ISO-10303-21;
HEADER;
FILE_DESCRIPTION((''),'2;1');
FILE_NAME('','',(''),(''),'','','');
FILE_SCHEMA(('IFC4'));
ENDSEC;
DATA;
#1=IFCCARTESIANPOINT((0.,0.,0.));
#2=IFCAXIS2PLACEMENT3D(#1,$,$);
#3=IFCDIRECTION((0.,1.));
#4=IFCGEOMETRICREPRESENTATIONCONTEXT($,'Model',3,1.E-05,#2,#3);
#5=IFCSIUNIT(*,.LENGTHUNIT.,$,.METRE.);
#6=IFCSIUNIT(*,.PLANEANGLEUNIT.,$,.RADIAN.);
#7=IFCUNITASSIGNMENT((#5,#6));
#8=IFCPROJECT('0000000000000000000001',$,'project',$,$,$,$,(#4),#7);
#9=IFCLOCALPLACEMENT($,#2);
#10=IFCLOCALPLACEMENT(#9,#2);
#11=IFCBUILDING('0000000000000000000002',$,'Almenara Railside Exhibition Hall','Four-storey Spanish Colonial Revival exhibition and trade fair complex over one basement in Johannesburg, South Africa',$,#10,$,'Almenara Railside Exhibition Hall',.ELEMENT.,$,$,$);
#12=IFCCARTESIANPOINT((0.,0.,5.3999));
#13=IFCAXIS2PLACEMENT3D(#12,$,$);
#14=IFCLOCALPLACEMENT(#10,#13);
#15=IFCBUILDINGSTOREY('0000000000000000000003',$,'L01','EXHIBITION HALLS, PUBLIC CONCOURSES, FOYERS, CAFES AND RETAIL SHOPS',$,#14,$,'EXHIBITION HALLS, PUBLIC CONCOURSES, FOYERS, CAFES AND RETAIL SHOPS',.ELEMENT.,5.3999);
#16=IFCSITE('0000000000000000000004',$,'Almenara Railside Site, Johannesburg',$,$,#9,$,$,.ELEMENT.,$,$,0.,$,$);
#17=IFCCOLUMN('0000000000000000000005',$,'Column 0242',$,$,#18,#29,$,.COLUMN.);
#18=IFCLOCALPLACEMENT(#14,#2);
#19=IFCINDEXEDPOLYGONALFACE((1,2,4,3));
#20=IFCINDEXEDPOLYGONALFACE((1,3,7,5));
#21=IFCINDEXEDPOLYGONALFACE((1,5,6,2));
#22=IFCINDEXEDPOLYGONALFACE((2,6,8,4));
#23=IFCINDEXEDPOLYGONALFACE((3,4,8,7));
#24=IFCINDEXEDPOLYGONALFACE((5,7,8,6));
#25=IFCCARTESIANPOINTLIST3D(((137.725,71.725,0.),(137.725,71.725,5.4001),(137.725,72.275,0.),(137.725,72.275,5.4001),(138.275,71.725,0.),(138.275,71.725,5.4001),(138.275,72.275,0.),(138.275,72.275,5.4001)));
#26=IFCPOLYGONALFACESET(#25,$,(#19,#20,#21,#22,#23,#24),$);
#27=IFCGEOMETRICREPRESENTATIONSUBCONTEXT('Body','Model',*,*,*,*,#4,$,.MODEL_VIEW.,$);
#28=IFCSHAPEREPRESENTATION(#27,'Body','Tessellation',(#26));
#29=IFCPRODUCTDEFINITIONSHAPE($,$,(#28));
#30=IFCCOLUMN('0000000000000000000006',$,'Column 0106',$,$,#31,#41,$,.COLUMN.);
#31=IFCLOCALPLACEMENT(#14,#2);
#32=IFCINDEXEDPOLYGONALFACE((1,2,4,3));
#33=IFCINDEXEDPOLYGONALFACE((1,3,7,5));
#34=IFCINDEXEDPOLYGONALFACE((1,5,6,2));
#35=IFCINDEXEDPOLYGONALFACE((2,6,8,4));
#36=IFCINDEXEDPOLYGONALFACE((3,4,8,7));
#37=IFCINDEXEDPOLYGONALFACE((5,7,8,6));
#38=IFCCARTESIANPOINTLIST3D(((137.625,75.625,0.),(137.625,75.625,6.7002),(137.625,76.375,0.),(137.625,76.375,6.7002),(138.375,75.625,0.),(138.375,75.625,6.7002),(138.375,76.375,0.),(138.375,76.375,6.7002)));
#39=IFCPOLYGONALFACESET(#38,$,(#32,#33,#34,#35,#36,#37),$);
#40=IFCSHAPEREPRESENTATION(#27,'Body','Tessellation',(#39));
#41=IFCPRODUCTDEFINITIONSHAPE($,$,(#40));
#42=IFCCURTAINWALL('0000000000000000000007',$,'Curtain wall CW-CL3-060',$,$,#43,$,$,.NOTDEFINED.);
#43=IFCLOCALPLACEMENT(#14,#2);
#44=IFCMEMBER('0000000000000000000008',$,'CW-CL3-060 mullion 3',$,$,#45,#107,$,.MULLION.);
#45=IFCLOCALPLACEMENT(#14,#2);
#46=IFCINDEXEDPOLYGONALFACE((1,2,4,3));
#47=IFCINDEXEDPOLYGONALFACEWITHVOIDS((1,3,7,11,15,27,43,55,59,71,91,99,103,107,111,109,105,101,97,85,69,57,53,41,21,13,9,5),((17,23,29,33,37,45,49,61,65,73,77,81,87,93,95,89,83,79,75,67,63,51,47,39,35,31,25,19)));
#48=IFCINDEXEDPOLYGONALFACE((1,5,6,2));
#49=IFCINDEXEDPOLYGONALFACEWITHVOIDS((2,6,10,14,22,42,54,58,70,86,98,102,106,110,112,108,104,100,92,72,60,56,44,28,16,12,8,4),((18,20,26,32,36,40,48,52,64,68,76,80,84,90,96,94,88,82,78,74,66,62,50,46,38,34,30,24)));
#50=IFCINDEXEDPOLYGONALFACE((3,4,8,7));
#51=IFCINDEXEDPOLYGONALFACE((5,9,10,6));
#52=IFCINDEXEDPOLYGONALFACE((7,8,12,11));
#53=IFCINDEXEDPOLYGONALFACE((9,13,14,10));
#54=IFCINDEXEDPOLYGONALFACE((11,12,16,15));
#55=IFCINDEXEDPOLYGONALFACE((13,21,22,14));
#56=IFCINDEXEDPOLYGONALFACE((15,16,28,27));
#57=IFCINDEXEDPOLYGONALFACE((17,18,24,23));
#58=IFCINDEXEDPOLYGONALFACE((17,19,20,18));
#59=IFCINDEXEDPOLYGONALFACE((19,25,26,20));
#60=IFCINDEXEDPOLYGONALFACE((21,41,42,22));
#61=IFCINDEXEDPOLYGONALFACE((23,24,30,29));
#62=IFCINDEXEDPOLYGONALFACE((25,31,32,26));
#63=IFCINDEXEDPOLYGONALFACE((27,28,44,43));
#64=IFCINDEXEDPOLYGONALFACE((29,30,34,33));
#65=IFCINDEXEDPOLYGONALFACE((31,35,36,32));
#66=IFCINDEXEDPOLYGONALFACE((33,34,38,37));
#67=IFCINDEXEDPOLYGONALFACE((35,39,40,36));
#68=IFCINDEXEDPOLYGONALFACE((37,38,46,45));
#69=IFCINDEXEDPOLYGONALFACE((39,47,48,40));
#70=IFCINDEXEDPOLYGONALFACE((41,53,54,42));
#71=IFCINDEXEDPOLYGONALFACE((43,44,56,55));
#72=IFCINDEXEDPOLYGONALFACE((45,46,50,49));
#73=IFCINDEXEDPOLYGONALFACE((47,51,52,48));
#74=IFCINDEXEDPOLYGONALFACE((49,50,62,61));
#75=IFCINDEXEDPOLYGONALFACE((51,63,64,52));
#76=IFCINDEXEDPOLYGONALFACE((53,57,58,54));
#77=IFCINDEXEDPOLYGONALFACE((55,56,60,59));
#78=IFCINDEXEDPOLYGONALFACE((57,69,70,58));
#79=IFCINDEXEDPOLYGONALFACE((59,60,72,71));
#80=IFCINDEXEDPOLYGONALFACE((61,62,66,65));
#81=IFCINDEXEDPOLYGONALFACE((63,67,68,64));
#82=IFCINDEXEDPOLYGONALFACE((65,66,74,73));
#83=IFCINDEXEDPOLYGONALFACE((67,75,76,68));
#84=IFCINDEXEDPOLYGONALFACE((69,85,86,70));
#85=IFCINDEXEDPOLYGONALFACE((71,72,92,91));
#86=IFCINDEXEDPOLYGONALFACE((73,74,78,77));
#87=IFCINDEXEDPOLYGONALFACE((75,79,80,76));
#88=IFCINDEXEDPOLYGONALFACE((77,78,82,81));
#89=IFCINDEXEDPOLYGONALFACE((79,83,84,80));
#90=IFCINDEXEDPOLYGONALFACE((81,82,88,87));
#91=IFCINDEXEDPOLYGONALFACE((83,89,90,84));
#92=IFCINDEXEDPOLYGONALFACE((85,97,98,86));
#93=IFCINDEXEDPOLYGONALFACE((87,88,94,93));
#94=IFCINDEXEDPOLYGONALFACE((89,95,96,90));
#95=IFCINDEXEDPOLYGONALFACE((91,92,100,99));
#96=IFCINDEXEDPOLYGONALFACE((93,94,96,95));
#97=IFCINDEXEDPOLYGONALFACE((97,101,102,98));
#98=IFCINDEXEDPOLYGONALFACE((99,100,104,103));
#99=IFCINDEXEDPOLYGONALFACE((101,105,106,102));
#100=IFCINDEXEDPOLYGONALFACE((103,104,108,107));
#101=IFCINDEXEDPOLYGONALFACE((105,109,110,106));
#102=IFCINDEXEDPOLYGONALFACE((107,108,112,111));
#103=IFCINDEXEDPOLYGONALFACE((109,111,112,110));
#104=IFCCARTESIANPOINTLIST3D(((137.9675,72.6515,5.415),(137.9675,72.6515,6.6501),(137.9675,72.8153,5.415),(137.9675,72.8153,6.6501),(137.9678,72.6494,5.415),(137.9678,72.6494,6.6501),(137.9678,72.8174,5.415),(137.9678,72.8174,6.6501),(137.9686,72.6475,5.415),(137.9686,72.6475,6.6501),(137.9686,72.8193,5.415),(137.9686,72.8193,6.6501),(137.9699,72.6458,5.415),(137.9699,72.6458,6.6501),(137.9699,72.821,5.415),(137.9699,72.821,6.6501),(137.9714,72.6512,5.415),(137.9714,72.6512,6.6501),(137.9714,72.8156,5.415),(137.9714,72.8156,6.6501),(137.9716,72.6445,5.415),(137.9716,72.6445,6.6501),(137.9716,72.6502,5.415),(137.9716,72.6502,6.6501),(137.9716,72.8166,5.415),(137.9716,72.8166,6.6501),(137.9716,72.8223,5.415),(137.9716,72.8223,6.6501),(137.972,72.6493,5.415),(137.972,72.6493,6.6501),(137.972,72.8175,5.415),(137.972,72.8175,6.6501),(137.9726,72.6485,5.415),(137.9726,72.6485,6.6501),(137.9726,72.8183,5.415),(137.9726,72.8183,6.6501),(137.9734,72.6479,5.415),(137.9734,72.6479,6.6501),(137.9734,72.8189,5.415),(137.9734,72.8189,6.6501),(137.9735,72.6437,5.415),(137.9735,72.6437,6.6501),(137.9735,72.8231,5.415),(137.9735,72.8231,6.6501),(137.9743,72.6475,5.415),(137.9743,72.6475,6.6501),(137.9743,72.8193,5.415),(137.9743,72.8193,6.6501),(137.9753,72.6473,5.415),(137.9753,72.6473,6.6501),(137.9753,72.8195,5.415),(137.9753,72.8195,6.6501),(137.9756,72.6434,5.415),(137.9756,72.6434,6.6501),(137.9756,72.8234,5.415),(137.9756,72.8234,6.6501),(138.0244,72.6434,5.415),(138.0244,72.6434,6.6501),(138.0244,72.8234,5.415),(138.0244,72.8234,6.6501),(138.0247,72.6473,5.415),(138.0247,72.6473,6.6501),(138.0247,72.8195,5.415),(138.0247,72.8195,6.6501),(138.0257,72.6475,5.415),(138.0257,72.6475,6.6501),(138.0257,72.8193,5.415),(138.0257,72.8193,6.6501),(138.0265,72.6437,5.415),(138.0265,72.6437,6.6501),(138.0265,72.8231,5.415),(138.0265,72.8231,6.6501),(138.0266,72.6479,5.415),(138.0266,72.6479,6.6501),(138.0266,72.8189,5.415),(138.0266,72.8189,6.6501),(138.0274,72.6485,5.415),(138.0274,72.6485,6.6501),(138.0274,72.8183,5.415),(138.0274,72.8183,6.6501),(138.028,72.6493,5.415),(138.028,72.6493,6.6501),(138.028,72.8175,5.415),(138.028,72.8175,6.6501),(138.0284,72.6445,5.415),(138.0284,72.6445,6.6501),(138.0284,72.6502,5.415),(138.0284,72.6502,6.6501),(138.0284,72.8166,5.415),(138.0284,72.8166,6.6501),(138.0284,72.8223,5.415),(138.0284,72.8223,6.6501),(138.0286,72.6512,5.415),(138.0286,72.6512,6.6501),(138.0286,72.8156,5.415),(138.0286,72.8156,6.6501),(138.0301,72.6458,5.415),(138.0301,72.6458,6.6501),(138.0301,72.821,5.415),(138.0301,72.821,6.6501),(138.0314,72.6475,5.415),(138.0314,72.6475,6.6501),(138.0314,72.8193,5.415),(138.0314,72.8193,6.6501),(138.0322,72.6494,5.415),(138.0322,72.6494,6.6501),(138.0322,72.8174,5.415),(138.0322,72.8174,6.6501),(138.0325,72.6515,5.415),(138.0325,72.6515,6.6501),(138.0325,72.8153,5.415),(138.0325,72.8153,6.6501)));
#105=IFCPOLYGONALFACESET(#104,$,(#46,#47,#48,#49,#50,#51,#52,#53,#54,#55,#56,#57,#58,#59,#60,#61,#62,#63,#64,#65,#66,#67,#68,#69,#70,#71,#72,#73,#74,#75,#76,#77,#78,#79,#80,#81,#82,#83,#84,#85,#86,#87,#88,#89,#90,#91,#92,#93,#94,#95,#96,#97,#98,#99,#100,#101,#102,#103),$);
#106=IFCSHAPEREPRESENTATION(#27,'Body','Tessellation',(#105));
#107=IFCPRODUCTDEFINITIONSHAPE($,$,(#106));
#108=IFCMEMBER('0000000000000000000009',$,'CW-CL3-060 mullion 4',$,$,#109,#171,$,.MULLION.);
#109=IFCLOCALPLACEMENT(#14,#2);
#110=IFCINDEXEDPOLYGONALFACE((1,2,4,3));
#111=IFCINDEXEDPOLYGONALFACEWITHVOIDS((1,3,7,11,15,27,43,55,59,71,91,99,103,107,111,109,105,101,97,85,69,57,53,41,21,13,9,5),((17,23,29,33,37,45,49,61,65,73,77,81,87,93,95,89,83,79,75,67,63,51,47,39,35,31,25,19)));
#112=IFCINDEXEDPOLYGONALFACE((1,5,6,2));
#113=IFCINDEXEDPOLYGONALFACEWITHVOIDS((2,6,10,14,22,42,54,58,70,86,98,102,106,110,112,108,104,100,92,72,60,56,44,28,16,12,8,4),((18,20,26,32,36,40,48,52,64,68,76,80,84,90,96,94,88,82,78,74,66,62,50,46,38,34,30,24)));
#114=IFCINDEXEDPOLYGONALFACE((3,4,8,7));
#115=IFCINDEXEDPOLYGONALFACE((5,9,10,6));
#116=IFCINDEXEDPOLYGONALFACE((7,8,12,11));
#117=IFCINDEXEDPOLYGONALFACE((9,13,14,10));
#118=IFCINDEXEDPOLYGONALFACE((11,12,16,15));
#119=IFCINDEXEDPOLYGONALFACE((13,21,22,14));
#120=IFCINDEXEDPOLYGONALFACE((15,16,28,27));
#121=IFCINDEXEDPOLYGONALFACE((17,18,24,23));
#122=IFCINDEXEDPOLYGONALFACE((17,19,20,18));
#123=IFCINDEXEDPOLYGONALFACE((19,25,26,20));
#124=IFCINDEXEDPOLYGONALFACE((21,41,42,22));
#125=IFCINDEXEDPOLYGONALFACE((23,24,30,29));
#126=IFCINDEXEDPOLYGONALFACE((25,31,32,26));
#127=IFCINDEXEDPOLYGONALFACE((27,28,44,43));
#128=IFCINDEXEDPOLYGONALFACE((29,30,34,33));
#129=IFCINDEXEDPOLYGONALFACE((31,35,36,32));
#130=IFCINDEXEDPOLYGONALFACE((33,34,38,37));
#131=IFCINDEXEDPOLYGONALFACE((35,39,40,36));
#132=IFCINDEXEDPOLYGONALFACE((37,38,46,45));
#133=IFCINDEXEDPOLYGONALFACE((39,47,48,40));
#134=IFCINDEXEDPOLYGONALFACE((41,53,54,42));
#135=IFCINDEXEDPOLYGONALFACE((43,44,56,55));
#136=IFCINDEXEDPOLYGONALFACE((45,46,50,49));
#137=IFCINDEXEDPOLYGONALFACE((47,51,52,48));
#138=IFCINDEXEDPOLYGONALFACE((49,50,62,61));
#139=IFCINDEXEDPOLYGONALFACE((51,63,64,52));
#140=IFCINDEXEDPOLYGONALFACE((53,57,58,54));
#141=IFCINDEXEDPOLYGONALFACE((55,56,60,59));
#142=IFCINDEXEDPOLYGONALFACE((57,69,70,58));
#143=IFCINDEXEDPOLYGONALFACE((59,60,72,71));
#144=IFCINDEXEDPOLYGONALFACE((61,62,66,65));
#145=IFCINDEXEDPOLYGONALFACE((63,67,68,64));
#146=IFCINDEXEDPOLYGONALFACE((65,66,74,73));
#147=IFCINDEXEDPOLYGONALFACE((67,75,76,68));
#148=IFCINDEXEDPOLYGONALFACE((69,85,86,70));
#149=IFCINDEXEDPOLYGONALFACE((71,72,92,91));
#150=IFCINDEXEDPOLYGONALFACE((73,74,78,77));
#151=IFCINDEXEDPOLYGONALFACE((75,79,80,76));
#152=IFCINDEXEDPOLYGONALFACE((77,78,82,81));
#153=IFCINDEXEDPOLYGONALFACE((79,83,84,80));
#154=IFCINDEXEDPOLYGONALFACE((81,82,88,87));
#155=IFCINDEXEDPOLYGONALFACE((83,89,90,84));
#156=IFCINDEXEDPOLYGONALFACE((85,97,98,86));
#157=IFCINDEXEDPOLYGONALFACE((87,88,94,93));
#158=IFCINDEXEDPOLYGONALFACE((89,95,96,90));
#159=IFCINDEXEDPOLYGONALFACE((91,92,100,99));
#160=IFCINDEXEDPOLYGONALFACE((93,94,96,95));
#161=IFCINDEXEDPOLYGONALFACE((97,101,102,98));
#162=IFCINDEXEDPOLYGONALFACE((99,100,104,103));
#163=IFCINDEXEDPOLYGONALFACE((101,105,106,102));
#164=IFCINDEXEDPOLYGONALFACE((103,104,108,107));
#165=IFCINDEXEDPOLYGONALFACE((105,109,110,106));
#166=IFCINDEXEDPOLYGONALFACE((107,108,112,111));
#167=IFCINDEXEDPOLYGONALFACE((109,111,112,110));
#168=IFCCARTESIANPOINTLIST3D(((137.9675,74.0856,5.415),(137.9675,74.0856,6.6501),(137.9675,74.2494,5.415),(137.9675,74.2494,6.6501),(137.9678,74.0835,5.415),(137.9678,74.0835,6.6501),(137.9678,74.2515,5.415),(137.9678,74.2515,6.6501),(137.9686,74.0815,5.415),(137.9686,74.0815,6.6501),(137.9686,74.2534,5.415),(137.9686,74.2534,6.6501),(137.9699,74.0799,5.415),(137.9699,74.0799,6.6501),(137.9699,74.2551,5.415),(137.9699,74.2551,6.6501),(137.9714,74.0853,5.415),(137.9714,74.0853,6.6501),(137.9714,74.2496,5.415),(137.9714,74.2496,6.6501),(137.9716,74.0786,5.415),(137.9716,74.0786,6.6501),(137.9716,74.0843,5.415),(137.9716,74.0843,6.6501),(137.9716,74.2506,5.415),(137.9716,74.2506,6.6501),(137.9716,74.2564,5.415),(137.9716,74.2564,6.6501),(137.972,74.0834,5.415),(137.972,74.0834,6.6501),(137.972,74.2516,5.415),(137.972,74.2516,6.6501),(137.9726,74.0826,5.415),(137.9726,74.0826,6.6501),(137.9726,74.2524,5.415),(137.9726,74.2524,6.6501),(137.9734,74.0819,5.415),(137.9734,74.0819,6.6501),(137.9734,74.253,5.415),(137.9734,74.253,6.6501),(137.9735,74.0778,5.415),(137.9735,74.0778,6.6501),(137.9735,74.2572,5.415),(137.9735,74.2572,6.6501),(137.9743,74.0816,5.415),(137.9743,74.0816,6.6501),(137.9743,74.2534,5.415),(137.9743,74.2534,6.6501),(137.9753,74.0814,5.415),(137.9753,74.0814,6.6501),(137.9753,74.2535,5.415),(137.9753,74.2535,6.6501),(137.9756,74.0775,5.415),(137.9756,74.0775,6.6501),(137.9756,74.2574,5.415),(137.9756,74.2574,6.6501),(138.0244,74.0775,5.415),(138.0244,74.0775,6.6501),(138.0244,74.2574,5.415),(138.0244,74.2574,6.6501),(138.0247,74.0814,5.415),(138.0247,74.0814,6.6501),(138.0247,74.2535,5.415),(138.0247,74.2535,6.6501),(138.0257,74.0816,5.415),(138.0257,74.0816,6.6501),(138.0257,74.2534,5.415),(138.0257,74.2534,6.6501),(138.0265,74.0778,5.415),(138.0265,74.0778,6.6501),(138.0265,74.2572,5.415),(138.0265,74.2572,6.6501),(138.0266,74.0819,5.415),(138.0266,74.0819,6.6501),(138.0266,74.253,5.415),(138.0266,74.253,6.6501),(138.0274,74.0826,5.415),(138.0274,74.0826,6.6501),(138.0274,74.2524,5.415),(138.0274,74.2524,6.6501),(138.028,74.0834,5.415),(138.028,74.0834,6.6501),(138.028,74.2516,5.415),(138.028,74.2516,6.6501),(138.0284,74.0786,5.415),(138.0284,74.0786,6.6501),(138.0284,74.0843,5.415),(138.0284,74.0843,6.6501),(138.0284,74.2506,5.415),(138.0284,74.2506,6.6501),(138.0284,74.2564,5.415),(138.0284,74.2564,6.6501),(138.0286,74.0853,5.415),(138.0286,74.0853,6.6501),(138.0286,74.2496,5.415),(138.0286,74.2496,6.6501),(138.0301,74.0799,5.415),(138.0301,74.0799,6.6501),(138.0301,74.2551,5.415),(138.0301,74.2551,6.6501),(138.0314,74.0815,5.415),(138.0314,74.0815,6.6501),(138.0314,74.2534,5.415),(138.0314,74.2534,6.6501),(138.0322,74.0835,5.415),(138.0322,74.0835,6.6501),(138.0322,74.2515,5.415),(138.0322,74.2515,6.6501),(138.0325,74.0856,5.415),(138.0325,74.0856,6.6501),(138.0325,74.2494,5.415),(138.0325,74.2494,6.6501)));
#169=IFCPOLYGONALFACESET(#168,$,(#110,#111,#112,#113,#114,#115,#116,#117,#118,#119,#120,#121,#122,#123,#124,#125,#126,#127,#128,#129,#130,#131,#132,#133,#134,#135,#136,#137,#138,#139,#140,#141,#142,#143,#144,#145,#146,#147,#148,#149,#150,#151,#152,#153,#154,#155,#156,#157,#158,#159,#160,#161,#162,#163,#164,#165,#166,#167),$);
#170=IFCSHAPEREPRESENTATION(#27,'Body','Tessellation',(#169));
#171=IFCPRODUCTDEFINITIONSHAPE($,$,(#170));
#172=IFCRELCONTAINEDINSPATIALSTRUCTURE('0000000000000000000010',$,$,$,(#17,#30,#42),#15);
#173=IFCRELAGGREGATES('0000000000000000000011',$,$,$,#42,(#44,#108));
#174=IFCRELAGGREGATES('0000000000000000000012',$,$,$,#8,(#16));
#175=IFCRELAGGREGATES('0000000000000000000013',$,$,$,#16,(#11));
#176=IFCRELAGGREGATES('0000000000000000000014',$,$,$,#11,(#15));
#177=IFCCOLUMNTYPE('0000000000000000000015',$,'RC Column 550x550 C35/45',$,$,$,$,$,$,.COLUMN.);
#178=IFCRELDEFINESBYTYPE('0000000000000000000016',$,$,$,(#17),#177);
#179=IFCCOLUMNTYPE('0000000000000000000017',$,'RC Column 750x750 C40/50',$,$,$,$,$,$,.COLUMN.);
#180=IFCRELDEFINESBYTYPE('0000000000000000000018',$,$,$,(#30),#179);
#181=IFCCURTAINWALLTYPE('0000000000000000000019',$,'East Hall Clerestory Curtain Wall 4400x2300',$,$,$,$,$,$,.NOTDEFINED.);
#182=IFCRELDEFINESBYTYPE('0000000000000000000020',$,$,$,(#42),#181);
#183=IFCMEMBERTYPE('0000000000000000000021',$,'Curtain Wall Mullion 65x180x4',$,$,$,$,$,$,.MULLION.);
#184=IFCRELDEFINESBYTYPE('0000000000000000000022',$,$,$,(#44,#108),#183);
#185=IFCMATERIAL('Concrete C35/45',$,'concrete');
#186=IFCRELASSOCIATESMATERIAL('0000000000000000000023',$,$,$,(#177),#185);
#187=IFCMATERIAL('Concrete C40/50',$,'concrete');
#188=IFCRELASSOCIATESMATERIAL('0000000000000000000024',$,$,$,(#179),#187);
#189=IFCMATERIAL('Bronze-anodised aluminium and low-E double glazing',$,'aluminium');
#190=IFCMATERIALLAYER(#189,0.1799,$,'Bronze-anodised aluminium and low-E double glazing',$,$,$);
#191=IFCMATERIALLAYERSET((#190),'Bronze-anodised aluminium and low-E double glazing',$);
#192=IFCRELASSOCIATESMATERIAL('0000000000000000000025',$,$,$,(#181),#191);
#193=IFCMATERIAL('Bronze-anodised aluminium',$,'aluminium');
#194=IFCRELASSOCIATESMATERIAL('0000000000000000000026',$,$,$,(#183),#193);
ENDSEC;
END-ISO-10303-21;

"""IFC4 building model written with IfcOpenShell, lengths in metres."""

from ifc_helpers import new_model, si_unit, direction, frame, origin, origin_2d, place, context, subcontext, project, spatial, rectangle, hollow_rectangle, extrude, material, layer, layer_set, material_profile, profile_set, type_object, element, aggregate, save


model = new_model("IFC4")

# Units and contexts
model_context = context("Model", 3, precision=1e-05, world=origin(), true_north=direction((0.0, 1.0)))
body_context = subcontext(model_context, "Body", "Model", "MODEL_VIEW")
ifc_project = project(units=[si_unit("LENGTHUNIT", "METRE"), si_unit("PLANEANGLEUNIT", "RADIAN")], contexts=[model_context])

# Site, building, storey
site_placement = place(None, origin())
site = spatial("IfcSite", under=ifc_project, at=site_placement, Name="Almenara Railside Site, Johannesburg", CompositionType="ELEMENT", RefElevation=0.0)
building_placement = place(site_placement, origin())
building = spatial("IfcBuilding", under=site, at=building_placement, Name="Almenara Railside Exhibition Hall", Description="Four-storey Spanish Colonial Revival exhibition and trade fair complex over one basement in Johannesburg, South Africa", LongName="Almenara Railside Exhibition Hall", CompositionType="ELEMENT")
storey_placement = place(building_placement, frame((0.0, 0.0, 5.3999)))
storey = spatial("IfcBuildingStorey", under=building, at=storey_placement, Name="L01", Description="EXHIBITION HALLS, PUBLIC CONCOURSES, FOYERS, CAFES AND RETAIL SHOPS", LongName="EXHIBITION HALLS, PUBLIC CONCOURSES, FOYERS, CAFES AND RETAIL SHOPS", CompositionType="ELEMENT", Elevation=5.3999)

# Columns
ifc_material_1 = material(Name="Concrete C35/45", Category="concrete")
ifc_material_profile_1 = material_profile(ifc_material_1, rectangle(XDim=0.55, YDim=0.55, at=origin_2d()), Name="RC 550x550")
ifc_profile_set_1 = profile_set([ifc_material_profile_1], Name="Concrete C35/45")
column_type_1 = type_object("IfcColumnType", Name="RC Column 550x550 C35/45", PredefinedType="COLUMN", material=ifc_profile_set_1)
column_1_placement = place(storey_placement, frame((138.0, 72.0, 0.0), z_axis=(0.0, 0.0, 1.0), x_axis=(1.0, 0.0, 0.0)))
element("IfcColumn", 1, at=column_1_placement, inside=storey, type_object=column_type_1, Name="Column 0242", PredefinedType="COLUMN", context=body_context, shape_type="SweptSolid", body=[
    extrude(rectangle(XDim=0.55, YDim=0.55, at=origin_2d()), origin(), (0.0, 0.0, 1.0), 5.4001),
])
ifc_material_2 = material(Name="Concrete C40/50", Category="concrete")
ifc_material_profile_2 = material_profile(ifc_material_2, rectangle(XDim=0.75, YDim=0.75, at=origin_2d()), Name="RC 750x750")
ifc_profile_set_2 = profile_set([ifc_material_profile_2], Name="Concrete C40/50")
column_type_2 = type_object("IfcColumnType", Name="RC Column 750x750 C40/50", PredefinedType="COLUMN", material=ifc_profile_set_2)
column_2_placement = place(storey_placement, frame((138.0, 76.0, 0.0), z_axis=(0.0, 0.0, 1.0), x_axis=(1.0, 0.0, 0.0)))
element("IfcColumn", 2, at=column_2_placement, inside=storey, type_object=column_type_2, Name="Column 0106", PredefinedType="COLUMN", context=body_context, shape_type="SweptSolid", body=[
    extrude(rectangle(XDim=0.75, YDim=0.75, at=origin_2d()), origin(), (0.0, 0.0, 1.0), 6.7002),
])

# Curtain wall, members
ifc_material_3 = material(Name="Bronze-anodised aluminium and low-E double glazing", Category="aluminium")
ifc_layer_1 = layer(ifc_material_3, 0.1799, Name="Bronze-anodised aluminium and low-E double glazing")
ifc_layer_set_1 = layer_set([ifc_layer_1], Name="Bronze-anodised aluminium and low-E double glazing")
curtain_wall_type_1 = type_object("IfcCurtainWallType", Name="East Hall Clerestory Curtain Wall 4400x2300", PredefinedType="NOTDEFINED", material=ifc_layer_set_1)
curtain_wall_1_placement = place(storey_placement, origin())
curtain_wall_1 = element("IfcCurtainWall", 3, at=curtain_wall_1_placement, inside=storey, type_object=curtain_wall_type_1, Name="Curtain wall CW-CL3-060", PredefinedType="NOTDEFINED")
ifc_material_4 = material(Name="Bronze-anodised aluminium", Category="aluminium")
ifc_material_profile_3 = material_profile(ifc_material_4, hollow_rectangle(XDim=0.0649, YDim=0.1799, WallThickness=0.0039, InnerFilletRadius=0.0039, OuterFilletRadius=0.0081, at=origin_2d()), Name="ALU-MUL 65x180x4")
ifc_profile_set_3 = profile_set([ifc_material_profile_3], Name="Bronze-anodised aluminium")
member_type_1 = type_object("IfcMemberType", Name="Curtain Wall Mullion 65x180x4", PredefinedType="MULLION", material=ifc_profile_set_3)
member_1_placement = place(storey_placement, frame((138.0, 72.7334, 5.415), z_axis=(0.0, 0.0, 1.0), x_axis=(-1.0, 0.0, 0.0)))
member_1 = element("IfcMember", 4, at=member_1_placement, type_object=member_type_1, Name="CW-CL3-060 mullion 3", PredefinedType="MULLION", context=body_context, shape_type="SweptSolid", body=[
    extrude(hollow_rectangle(XDim=0.0649, YDim=0.1799, WallThickness=0.0039, InnerFilletRadius=0.0039, OuterFilletRadius=0.0081, at=origin_2d()), origin(), (0.0, 0.0, 1.0), 1.2351),
])
member_2_placement = place(storey_placement, frame((138.0, 74.1675, 5.415), z_axis=(0.0, 0.0, 1.0), x_axis=(-1.0, 0.0, 0.0)))
member_2 = element("IfcMember", 5, at=member_2_placement, type_object=member_type_1, Name="CW-CL3-060 mullion 4", PredefinedType="MULLION", context=body_context, shape_type="SweptSolid", body=[
    extrude(hollow_rectangle(XDim=0.0649, YDim=0.1799, WallThickness=0.0039, InnerFilletRadius=0.0039, OuterFilletRadius=0.0081, at=origin_2d()), origin(), (0.0, 0.0, 1.0), 1.2351),
])

aggregate(curtain_wall_1, [member_1, member_2])

save(model, "model.ifc")
